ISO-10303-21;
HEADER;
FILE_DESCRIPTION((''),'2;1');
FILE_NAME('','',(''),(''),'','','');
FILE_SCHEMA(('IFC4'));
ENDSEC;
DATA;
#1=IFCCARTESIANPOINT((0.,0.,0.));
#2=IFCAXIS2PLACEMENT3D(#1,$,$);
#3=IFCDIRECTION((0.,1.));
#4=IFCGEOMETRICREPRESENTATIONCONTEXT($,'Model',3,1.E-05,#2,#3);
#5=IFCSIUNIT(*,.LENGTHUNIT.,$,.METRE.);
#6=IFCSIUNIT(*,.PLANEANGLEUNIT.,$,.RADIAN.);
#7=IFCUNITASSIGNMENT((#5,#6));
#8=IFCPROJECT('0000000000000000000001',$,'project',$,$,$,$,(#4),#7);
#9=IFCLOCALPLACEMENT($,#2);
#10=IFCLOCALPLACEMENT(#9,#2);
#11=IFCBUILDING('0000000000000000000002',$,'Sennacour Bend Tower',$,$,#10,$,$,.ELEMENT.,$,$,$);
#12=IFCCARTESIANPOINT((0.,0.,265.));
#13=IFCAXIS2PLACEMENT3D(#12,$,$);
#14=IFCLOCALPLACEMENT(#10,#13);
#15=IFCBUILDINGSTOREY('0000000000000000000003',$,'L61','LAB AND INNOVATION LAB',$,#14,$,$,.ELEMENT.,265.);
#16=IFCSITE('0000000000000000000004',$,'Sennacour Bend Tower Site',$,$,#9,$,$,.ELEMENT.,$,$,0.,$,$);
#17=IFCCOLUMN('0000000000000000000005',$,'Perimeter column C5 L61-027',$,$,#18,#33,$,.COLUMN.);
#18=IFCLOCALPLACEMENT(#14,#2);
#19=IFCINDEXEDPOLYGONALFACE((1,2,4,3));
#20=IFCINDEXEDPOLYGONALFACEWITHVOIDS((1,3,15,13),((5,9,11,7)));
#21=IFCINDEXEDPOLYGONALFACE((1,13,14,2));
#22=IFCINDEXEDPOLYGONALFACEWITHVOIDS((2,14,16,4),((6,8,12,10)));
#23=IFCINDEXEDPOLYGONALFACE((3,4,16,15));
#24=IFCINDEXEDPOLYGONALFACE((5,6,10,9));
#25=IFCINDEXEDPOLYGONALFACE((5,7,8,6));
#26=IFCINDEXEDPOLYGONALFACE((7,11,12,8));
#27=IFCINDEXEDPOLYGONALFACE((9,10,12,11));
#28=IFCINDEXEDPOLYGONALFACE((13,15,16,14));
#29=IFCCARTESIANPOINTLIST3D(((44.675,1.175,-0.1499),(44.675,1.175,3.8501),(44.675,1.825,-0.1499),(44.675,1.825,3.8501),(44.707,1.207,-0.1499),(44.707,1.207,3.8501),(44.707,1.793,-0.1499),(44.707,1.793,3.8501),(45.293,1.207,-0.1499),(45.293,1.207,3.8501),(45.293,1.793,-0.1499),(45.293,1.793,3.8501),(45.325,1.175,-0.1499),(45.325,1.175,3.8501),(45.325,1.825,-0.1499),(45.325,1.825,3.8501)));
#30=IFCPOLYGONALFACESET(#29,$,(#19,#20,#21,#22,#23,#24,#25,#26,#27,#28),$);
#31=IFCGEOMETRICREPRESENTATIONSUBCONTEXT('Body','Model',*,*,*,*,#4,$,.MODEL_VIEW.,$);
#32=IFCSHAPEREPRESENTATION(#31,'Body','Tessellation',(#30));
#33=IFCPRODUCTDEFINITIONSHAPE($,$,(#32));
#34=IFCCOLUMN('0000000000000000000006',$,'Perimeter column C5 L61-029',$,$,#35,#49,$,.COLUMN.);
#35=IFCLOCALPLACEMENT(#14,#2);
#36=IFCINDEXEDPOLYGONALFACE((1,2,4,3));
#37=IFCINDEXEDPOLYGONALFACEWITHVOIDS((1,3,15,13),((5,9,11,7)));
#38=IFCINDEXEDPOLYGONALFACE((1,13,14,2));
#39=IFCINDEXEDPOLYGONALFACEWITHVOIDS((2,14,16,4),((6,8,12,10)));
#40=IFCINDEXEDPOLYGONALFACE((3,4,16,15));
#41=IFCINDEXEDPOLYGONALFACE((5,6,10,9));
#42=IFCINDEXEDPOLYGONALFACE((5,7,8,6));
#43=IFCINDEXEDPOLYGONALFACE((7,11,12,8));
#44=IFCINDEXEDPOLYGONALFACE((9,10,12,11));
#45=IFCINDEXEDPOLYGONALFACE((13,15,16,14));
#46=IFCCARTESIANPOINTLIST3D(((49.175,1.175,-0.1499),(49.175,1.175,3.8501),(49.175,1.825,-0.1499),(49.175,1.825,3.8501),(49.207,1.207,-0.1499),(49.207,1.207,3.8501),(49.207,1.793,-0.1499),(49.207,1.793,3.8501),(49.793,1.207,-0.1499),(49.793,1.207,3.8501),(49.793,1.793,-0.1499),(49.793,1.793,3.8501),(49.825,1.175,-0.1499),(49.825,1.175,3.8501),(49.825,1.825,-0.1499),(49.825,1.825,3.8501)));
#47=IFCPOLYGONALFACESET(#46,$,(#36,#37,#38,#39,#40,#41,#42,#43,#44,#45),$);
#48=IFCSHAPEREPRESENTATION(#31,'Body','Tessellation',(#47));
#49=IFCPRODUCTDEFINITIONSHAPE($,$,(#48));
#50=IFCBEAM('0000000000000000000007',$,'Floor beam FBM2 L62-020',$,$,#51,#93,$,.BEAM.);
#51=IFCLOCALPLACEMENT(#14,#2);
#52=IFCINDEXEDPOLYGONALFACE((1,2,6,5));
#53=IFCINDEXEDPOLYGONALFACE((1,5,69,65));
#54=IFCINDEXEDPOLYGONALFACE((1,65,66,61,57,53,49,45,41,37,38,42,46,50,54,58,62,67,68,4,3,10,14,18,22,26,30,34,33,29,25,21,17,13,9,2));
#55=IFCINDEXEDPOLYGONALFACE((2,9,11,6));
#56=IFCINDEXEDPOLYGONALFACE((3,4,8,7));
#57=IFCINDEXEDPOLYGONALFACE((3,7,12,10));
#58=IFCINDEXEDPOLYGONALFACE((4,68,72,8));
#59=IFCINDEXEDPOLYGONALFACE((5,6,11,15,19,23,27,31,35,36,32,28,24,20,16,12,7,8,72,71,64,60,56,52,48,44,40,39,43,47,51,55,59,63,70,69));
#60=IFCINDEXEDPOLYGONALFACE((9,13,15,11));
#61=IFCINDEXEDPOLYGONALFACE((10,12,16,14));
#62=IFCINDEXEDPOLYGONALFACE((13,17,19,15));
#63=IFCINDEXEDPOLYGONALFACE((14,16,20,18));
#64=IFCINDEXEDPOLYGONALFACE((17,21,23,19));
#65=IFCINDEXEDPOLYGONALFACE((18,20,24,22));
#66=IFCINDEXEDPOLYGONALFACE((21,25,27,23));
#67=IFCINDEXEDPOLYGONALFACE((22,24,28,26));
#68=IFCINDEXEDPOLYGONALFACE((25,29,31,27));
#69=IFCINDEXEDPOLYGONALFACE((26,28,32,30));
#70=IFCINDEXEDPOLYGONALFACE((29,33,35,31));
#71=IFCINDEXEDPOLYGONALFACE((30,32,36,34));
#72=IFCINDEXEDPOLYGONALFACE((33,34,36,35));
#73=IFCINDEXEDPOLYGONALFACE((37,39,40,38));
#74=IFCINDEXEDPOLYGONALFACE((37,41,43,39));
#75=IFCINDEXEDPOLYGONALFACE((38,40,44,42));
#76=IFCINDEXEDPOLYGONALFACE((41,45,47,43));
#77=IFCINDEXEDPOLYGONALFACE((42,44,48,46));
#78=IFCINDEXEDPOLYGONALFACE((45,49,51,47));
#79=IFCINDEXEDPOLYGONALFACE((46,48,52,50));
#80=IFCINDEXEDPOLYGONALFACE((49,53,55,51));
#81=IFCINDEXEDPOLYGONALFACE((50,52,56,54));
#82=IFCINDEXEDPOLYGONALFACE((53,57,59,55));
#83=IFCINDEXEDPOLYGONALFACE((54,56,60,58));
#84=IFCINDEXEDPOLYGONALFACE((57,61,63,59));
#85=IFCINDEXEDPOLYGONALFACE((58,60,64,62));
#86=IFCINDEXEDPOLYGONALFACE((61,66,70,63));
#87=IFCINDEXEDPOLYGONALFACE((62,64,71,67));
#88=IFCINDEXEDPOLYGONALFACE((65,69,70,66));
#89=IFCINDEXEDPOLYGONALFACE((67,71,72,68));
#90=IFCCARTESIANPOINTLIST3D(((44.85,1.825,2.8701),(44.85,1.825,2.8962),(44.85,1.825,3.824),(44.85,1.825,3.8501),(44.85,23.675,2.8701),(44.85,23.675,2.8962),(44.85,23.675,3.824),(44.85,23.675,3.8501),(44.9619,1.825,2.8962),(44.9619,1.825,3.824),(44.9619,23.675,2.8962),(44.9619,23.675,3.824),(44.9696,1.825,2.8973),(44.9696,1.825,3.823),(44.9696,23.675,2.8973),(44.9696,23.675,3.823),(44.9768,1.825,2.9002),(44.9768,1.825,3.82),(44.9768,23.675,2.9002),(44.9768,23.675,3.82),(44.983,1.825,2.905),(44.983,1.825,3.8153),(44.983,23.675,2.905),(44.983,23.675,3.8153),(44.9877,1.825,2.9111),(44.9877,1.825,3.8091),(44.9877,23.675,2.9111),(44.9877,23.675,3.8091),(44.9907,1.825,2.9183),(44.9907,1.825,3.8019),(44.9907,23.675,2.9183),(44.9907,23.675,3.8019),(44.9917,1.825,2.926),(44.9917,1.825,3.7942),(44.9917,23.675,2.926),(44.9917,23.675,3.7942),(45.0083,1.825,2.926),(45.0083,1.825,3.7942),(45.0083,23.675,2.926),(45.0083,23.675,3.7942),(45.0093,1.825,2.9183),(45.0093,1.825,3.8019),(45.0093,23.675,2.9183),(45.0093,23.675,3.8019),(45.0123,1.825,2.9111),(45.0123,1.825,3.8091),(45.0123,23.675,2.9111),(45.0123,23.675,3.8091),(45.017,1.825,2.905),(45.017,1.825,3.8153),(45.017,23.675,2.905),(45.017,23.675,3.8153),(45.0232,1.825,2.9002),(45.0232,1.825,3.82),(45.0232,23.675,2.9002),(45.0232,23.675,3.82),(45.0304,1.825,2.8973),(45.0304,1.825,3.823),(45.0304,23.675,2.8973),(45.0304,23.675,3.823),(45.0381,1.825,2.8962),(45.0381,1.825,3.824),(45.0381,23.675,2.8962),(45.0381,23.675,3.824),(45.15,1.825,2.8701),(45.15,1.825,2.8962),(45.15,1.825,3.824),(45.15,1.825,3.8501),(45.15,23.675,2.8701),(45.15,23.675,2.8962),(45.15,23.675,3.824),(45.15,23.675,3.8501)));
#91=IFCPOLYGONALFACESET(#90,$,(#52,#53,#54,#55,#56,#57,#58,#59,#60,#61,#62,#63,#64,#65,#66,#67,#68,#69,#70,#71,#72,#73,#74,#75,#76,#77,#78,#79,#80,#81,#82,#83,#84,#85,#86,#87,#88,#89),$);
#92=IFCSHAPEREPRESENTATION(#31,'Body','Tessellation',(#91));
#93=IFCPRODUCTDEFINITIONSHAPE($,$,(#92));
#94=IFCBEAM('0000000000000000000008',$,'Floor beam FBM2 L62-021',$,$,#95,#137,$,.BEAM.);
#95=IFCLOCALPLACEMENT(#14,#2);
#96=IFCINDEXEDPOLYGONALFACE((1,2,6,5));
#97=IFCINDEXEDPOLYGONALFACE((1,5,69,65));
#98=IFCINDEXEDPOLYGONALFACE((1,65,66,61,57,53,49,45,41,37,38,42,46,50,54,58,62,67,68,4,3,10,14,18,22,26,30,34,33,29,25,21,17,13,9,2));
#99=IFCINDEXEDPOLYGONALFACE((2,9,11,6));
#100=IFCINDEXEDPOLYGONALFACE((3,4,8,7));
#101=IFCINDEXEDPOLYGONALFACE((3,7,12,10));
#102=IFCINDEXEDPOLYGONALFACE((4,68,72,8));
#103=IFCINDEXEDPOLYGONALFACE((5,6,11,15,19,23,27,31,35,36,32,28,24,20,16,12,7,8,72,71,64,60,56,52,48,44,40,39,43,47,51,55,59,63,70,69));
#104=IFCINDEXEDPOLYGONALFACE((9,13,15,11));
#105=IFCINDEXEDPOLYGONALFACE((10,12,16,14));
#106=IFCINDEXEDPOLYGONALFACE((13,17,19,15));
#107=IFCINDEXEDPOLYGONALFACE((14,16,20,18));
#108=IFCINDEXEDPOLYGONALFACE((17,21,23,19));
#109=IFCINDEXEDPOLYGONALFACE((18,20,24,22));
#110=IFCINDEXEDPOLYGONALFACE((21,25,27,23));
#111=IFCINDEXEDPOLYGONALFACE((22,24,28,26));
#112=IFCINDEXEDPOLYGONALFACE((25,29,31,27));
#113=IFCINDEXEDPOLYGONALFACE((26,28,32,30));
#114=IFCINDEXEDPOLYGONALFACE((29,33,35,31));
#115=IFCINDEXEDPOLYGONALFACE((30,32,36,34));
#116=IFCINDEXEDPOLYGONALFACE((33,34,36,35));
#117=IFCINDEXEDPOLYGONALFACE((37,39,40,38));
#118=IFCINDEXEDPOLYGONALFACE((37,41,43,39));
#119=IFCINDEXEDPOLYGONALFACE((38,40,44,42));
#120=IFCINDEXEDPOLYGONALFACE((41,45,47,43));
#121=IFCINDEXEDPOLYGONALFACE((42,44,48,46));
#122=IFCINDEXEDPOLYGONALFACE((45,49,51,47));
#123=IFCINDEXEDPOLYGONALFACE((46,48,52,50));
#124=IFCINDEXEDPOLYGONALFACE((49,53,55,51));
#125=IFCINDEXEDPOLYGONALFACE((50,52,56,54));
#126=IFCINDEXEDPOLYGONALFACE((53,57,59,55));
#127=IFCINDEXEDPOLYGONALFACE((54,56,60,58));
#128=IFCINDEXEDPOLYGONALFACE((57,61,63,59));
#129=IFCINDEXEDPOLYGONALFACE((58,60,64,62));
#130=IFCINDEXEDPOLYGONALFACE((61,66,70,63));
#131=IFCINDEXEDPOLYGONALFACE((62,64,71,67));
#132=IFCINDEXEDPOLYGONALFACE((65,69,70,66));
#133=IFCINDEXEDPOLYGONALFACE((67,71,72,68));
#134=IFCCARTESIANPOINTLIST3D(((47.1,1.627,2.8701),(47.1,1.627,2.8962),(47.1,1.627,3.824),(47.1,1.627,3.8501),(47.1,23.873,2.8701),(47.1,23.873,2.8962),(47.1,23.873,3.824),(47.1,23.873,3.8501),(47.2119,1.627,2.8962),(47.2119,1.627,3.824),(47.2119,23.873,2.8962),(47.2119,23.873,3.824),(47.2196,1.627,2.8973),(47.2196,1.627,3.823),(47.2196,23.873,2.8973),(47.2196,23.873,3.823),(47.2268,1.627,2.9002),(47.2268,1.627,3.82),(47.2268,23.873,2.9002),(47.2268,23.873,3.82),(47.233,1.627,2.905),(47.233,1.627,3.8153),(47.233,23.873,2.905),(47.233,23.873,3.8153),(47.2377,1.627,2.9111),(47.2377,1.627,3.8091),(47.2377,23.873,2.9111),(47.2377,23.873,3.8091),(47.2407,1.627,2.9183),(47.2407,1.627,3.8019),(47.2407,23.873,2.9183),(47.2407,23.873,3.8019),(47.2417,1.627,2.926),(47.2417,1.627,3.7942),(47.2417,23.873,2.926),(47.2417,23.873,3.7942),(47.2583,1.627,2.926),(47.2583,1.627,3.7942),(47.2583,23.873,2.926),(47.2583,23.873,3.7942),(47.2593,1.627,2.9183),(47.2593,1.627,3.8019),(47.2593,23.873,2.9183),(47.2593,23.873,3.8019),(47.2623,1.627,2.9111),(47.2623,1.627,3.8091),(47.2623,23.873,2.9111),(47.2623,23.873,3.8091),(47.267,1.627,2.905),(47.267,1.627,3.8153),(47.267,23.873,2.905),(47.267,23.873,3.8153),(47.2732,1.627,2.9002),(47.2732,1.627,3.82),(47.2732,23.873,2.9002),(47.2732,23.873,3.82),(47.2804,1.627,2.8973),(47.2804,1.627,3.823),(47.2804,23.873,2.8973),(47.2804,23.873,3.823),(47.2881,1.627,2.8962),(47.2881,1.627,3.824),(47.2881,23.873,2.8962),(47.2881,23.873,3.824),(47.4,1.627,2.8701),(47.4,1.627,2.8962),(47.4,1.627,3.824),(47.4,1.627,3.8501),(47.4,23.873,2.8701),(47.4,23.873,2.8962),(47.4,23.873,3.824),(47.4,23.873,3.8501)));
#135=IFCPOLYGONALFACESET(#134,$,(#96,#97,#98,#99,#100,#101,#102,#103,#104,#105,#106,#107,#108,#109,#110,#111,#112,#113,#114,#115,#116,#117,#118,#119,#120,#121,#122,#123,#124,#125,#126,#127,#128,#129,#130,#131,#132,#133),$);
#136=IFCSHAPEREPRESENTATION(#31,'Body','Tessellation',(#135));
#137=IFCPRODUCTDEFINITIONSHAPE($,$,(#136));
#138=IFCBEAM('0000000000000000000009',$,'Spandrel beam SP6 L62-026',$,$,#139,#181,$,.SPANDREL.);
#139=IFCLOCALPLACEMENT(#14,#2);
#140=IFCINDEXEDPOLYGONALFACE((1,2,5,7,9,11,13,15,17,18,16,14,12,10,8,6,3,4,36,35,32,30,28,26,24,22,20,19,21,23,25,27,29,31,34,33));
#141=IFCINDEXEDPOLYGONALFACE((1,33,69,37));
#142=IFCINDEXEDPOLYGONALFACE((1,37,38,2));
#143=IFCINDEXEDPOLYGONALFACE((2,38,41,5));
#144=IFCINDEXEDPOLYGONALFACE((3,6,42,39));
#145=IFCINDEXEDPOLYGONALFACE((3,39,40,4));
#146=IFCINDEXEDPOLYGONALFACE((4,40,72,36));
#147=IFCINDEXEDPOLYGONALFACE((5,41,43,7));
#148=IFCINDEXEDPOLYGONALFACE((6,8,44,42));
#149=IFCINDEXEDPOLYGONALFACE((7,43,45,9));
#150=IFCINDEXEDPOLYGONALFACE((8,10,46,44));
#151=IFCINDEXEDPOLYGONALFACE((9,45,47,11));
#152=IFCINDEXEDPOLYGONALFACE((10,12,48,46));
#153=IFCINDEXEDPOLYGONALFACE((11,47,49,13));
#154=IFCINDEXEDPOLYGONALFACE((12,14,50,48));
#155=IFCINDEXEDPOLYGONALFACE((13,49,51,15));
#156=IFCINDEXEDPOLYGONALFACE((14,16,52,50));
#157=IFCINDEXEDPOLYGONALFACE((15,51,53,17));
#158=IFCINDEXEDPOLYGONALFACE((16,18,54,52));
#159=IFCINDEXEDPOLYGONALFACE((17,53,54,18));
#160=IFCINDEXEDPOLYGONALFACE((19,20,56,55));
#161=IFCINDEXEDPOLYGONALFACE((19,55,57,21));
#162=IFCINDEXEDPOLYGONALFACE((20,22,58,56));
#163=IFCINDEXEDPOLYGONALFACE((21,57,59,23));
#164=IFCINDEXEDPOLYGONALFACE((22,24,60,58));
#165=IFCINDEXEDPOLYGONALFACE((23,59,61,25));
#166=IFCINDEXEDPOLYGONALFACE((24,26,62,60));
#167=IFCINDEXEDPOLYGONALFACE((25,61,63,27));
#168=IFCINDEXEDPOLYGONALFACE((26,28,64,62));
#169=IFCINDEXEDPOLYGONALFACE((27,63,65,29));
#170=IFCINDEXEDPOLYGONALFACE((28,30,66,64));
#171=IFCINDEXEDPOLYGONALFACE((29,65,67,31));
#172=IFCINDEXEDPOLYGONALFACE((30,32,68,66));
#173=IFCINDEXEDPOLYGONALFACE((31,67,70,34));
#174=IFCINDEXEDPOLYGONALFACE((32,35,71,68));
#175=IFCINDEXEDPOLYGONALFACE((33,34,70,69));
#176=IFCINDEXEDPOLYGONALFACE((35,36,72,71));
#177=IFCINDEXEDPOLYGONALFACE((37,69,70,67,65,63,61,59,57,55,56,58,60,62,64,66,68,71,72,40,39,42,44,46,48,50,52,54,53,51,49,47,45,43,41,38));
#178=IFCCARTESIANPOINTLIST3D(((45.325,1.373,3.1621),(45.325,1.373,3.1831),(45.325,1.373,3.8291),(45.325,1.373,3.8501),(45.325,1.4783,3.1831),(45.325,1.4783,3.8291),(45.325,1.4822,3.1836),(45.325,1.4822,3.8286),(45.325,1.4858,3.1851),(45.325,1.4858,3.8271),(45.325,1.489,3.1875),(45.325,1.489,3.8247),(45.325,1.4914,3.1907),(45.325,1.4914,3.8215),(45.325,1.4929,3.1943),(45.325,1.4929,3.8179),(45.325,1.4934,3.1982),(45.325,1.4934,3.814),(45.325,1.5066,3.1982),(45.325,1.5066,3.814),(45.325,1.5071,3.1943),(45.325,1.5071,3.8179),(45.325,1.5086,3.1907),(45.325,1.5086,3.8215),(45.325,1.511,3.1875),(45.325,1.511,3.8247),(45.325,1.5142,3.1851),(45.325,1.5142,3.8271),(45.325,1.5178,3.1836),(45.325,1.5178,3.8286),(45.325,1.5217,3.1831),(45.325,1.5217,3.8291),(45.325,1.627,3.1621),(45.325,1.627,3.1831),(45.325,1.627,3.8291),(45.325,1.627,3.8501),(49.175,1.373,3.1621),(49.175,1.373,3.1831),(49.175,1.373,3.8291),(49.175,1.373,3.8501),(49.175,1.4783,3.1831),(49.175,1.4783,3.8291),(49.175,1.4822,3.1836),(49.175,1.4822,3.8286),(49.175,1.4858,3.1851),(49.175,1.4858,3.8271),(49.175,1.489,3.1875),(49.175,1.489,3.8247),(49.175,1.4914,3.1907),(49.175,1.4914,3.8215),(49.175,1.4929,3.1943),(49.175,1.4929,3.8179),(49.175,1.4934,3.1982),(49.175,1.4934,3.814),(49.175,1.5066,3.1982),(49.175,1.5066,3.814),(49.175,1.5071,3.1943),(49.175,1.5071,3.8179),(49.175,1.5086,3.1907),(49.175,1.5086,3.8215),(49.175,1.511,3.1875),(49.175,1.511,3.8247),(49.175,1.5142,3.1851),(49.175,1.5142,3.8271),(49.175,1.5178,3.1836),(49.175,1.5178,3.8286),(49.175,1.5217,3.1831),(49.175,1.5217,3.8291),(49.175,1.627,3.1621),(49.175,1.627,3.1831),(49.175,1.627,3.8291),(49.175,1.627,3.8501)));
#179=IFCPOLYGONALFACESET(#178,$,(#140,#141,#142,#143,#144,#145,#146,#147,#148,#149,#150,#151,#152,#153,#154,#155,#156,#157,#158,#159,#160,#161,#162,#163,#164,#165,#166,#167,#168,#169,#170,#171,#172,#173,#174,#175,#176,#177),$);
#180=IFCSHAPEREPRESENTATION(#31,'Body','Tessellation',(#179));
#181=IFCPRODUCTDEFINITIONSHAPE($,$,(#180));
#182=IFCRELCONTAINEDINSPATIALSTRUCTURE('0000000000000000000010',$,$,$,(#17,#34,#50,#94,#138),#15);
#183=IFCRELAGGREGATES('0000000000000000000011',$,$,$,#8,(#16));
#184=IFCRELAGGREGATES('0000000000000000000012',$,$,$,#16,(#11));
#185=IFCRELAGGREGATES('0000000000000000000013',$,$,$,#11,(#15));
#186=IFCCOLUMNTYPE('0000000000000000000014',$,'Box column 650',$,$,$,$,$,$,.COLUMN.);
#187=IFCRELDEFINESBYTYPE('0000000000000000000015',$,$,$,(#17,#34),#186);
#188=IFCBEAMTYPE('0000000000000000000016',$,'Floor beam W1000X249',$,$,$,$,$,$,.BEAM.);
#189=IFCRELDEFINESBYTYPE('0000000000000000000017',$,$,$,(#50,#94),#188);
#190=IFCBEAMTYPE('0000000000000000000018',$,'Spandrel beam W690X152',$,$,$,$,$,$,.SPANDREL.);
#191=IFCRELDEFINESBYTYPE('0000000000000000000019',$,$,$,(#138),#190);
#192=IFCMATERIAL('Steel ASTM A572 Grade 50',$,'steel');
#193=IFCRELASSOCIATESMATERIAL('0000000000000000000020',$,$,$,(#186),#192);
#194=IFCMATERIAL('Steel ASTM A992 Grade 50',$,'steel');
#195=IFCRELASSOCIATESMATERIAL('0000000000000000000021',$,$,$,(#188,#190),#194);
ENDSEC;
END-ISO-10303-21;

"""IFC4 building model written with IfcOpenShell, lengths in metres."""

from ifc_helpers import new_model, si_unit, direction, frame, origin, origin_2d, place, context, subcontext, project, spatial, hollow_rectangle, i_section, extrude, material, material_profile, profile_set, type_object, element, save


model = new_model("IFC4")

# Units and contexts
model_context = context("Model", 3, precision=1e-05, world=origin(), true_north=direction((0.0, 1.0)))
body_context = subcontext(model_context, "Body", "Model", "MODEL_VIEW")
ifc_project = project(units=[si_unit("LENGTHUNIT", "METRE"), si_unit("PLANEANGLEUNIT", "RADIAN")], contexts=[model_context])

# Site, building, storey
site_placement = place(None, origin())
site = spatial("IfcSite", under=ifc_project, at=site_placement, Name="Sennacour Bend Tower Site", CompositionType="ELEMENT", RefElevation=0.0)
building_placement = place(site_placement, origin())
building = spatial("IfcBuilding", under=site, at=building_placement, Name="Sennacour Bend Tower", CompositionType="ELEMENT")
storey_placement = place(building_placement, frame((0.0, 0.0, 265.0)))
storey = spatial("IfcBuildingStorey", under=building, at=storey_placement, Name="L61", Description="LAB AND INNOVATION LAB", CompositionType="ELEMENT", Elevation=265.0)

# Columns
ifc_material_1 = material(Name="Steel ASTM A572 Grade 50", Category="steel")
ifc_material_profile_1 = material_profile(ifc_material_1, hollow_rectangle(XDim=0.6499, YDim=0.6499, WallThickness=0.032, at=origin_2d()), Name="Steel ASTM A572 Grade 50", Category="steel")
ifc_profile_set_1 = profile_set([ifc_material_profile_1], Name="Steel ASTM A572 Grade 50")
column_type = type_object("IfcColumnType", Name="Box column 650", PredefinedType="COLUMN", material=ifc_profile_set_1)
for number, where, z_axis, x_axis, name in (
    (1, (45.0, 1.5, -0.1499), (0.0, 0.0, 1.0), (1.0, 0.0, 0.0), "Perimeter column C5 L61-027"),
    (2, (49.5, 1.5, -0.1499), (0.0, 0.0, 1.0), (1.0, 0.0, 0.0), "Perimeter column C5 L61-029"),
):
    element("IfcColumn", number, at=place(storey_placement, frame(where, z_axis=z_axis, x_axis=x_axis)), inside=storey, type_object=column_type, Name=name, PredefinedType="COLUMN", context=body_context, shape_type="SweptSolid", body=[
        extrude(hollow_rectangle(XDim=0.6499, YDim=0.6499, WallThickness=0.032, at=origin_2d()), origin(), (0.0, 0.0, 1.0), 4.0),
    ])

# Beams
ifc_material_2 = material(Name="Steel ASTM A992 Grade 50", Category="steel")
ifc_material_profile_2 = material_profile(ifc_material_2, i_section(OverallWidth=0.3, OverallDepth=0.98, WebThickness=0.0166, FlangeThickness=0.0261, FilletRadius=0.0298, at=origin_2d()), Name="Steel ASTM A992 Grade 50", Category="steel")
ifc_profile_set_2 = profile_set([ifc_material_profile_2], Name="Steel ASTM A992 Grade 50")
beam_type_1 = type_object("IfcBeamType", Name="Floor beam W1000X249", PredefinedType="BEAM", material=ifc_profile_set_2)
beam_1_placement = place(storey_placement, frame((45.0, 1.825, 3.3601), z_axis=(0.0, 1.0, 0.0), x_axis=(-1.0, 0.0, 0.0)))
element("IfcBeam", 3, at=beam_1_placement, inside=storey, type_object=beam_type_1, Name="Floor beam FBM2 L62-020", PredefinedType="BEAM", context=body_context, shape_type="SweptSolid", body=[
    extrude(i_section(OverallWidth=0.3, OverallDepth=0.98, WebThickness=0.0166, FlangeThickness=0.0261, FilletRadius=0.0298, at=origin_2d()), origin(), (0.0, 0.0, 1.0), 21.8501),
])
beam_2_placement = place(storey_placement, frame((47.25, 1.627, 3.3601), z_axis=(0.0, 1.0, 0.0), x_axis=(-1.0, 0.0, 0.0)))
element("IfcBeam", 4, at=beam_2_placement, inside=storey, type_object=beam_type_1, Name="Floor beam FBM2 L62-021", PredefinedType="BEAM", context=body_context, shape_type="SweptSolid", body=[
    extrude(i_section(OverallWidth=0.3, OverallDepth=0.98, WebThickness=0.0166, FlangeThickness=0.0261, FilletRadius=0.0298, at=origin_2d()), origin(), (0.0, 0.0, 1.0), 22.2461),
])
ifc_material_profile_3 = material_profile(ifc_material_2, i_section(OverallWidth=0.2539, OverallDepth=0.688, WebThickness=0.0132, FlangeThickness=0.021, FilletRadius=0.0151, at=origin_2d()), Name="Steel ASTM A992 Grade 50", Category="steel")
ifc_profile_set_3 = profile_set([ifc_material_profile_3], Name="Steel ASTM A992 Grade 50")
beam_type_2 = type_object("IfcBeamType", Name="Spandrel beam W690X152", PredefinedType="SPANDREL", material=ifc_profile_set_3)
beam_3_placement = place(storey_placement, frame((49.175, 1.5, 3.5061), z_axis=(-1.0, 0.0, 0.0), x_axis=(0.0, -1.0, 0.0)))
element("IfcBeam", 5, at=beam_3_placement, inside=storey, type_object=beam_type_2, Name="Spandrel beam SP6 L62-026", PredefinedType="SPANDREL", context=body_context, shape_type="SweptSolid", body=[
    extrude(i_section(OverallWidth=0.2539, OverallDepth=0.688, WebThickness=0.0132, FlangeThickness=0.021, FilletRadius=0.0151, at=origin_2d()), origin(), (0.0, 0.0, 1.0), 3.8501),
])

save(model, "model.ifc")
